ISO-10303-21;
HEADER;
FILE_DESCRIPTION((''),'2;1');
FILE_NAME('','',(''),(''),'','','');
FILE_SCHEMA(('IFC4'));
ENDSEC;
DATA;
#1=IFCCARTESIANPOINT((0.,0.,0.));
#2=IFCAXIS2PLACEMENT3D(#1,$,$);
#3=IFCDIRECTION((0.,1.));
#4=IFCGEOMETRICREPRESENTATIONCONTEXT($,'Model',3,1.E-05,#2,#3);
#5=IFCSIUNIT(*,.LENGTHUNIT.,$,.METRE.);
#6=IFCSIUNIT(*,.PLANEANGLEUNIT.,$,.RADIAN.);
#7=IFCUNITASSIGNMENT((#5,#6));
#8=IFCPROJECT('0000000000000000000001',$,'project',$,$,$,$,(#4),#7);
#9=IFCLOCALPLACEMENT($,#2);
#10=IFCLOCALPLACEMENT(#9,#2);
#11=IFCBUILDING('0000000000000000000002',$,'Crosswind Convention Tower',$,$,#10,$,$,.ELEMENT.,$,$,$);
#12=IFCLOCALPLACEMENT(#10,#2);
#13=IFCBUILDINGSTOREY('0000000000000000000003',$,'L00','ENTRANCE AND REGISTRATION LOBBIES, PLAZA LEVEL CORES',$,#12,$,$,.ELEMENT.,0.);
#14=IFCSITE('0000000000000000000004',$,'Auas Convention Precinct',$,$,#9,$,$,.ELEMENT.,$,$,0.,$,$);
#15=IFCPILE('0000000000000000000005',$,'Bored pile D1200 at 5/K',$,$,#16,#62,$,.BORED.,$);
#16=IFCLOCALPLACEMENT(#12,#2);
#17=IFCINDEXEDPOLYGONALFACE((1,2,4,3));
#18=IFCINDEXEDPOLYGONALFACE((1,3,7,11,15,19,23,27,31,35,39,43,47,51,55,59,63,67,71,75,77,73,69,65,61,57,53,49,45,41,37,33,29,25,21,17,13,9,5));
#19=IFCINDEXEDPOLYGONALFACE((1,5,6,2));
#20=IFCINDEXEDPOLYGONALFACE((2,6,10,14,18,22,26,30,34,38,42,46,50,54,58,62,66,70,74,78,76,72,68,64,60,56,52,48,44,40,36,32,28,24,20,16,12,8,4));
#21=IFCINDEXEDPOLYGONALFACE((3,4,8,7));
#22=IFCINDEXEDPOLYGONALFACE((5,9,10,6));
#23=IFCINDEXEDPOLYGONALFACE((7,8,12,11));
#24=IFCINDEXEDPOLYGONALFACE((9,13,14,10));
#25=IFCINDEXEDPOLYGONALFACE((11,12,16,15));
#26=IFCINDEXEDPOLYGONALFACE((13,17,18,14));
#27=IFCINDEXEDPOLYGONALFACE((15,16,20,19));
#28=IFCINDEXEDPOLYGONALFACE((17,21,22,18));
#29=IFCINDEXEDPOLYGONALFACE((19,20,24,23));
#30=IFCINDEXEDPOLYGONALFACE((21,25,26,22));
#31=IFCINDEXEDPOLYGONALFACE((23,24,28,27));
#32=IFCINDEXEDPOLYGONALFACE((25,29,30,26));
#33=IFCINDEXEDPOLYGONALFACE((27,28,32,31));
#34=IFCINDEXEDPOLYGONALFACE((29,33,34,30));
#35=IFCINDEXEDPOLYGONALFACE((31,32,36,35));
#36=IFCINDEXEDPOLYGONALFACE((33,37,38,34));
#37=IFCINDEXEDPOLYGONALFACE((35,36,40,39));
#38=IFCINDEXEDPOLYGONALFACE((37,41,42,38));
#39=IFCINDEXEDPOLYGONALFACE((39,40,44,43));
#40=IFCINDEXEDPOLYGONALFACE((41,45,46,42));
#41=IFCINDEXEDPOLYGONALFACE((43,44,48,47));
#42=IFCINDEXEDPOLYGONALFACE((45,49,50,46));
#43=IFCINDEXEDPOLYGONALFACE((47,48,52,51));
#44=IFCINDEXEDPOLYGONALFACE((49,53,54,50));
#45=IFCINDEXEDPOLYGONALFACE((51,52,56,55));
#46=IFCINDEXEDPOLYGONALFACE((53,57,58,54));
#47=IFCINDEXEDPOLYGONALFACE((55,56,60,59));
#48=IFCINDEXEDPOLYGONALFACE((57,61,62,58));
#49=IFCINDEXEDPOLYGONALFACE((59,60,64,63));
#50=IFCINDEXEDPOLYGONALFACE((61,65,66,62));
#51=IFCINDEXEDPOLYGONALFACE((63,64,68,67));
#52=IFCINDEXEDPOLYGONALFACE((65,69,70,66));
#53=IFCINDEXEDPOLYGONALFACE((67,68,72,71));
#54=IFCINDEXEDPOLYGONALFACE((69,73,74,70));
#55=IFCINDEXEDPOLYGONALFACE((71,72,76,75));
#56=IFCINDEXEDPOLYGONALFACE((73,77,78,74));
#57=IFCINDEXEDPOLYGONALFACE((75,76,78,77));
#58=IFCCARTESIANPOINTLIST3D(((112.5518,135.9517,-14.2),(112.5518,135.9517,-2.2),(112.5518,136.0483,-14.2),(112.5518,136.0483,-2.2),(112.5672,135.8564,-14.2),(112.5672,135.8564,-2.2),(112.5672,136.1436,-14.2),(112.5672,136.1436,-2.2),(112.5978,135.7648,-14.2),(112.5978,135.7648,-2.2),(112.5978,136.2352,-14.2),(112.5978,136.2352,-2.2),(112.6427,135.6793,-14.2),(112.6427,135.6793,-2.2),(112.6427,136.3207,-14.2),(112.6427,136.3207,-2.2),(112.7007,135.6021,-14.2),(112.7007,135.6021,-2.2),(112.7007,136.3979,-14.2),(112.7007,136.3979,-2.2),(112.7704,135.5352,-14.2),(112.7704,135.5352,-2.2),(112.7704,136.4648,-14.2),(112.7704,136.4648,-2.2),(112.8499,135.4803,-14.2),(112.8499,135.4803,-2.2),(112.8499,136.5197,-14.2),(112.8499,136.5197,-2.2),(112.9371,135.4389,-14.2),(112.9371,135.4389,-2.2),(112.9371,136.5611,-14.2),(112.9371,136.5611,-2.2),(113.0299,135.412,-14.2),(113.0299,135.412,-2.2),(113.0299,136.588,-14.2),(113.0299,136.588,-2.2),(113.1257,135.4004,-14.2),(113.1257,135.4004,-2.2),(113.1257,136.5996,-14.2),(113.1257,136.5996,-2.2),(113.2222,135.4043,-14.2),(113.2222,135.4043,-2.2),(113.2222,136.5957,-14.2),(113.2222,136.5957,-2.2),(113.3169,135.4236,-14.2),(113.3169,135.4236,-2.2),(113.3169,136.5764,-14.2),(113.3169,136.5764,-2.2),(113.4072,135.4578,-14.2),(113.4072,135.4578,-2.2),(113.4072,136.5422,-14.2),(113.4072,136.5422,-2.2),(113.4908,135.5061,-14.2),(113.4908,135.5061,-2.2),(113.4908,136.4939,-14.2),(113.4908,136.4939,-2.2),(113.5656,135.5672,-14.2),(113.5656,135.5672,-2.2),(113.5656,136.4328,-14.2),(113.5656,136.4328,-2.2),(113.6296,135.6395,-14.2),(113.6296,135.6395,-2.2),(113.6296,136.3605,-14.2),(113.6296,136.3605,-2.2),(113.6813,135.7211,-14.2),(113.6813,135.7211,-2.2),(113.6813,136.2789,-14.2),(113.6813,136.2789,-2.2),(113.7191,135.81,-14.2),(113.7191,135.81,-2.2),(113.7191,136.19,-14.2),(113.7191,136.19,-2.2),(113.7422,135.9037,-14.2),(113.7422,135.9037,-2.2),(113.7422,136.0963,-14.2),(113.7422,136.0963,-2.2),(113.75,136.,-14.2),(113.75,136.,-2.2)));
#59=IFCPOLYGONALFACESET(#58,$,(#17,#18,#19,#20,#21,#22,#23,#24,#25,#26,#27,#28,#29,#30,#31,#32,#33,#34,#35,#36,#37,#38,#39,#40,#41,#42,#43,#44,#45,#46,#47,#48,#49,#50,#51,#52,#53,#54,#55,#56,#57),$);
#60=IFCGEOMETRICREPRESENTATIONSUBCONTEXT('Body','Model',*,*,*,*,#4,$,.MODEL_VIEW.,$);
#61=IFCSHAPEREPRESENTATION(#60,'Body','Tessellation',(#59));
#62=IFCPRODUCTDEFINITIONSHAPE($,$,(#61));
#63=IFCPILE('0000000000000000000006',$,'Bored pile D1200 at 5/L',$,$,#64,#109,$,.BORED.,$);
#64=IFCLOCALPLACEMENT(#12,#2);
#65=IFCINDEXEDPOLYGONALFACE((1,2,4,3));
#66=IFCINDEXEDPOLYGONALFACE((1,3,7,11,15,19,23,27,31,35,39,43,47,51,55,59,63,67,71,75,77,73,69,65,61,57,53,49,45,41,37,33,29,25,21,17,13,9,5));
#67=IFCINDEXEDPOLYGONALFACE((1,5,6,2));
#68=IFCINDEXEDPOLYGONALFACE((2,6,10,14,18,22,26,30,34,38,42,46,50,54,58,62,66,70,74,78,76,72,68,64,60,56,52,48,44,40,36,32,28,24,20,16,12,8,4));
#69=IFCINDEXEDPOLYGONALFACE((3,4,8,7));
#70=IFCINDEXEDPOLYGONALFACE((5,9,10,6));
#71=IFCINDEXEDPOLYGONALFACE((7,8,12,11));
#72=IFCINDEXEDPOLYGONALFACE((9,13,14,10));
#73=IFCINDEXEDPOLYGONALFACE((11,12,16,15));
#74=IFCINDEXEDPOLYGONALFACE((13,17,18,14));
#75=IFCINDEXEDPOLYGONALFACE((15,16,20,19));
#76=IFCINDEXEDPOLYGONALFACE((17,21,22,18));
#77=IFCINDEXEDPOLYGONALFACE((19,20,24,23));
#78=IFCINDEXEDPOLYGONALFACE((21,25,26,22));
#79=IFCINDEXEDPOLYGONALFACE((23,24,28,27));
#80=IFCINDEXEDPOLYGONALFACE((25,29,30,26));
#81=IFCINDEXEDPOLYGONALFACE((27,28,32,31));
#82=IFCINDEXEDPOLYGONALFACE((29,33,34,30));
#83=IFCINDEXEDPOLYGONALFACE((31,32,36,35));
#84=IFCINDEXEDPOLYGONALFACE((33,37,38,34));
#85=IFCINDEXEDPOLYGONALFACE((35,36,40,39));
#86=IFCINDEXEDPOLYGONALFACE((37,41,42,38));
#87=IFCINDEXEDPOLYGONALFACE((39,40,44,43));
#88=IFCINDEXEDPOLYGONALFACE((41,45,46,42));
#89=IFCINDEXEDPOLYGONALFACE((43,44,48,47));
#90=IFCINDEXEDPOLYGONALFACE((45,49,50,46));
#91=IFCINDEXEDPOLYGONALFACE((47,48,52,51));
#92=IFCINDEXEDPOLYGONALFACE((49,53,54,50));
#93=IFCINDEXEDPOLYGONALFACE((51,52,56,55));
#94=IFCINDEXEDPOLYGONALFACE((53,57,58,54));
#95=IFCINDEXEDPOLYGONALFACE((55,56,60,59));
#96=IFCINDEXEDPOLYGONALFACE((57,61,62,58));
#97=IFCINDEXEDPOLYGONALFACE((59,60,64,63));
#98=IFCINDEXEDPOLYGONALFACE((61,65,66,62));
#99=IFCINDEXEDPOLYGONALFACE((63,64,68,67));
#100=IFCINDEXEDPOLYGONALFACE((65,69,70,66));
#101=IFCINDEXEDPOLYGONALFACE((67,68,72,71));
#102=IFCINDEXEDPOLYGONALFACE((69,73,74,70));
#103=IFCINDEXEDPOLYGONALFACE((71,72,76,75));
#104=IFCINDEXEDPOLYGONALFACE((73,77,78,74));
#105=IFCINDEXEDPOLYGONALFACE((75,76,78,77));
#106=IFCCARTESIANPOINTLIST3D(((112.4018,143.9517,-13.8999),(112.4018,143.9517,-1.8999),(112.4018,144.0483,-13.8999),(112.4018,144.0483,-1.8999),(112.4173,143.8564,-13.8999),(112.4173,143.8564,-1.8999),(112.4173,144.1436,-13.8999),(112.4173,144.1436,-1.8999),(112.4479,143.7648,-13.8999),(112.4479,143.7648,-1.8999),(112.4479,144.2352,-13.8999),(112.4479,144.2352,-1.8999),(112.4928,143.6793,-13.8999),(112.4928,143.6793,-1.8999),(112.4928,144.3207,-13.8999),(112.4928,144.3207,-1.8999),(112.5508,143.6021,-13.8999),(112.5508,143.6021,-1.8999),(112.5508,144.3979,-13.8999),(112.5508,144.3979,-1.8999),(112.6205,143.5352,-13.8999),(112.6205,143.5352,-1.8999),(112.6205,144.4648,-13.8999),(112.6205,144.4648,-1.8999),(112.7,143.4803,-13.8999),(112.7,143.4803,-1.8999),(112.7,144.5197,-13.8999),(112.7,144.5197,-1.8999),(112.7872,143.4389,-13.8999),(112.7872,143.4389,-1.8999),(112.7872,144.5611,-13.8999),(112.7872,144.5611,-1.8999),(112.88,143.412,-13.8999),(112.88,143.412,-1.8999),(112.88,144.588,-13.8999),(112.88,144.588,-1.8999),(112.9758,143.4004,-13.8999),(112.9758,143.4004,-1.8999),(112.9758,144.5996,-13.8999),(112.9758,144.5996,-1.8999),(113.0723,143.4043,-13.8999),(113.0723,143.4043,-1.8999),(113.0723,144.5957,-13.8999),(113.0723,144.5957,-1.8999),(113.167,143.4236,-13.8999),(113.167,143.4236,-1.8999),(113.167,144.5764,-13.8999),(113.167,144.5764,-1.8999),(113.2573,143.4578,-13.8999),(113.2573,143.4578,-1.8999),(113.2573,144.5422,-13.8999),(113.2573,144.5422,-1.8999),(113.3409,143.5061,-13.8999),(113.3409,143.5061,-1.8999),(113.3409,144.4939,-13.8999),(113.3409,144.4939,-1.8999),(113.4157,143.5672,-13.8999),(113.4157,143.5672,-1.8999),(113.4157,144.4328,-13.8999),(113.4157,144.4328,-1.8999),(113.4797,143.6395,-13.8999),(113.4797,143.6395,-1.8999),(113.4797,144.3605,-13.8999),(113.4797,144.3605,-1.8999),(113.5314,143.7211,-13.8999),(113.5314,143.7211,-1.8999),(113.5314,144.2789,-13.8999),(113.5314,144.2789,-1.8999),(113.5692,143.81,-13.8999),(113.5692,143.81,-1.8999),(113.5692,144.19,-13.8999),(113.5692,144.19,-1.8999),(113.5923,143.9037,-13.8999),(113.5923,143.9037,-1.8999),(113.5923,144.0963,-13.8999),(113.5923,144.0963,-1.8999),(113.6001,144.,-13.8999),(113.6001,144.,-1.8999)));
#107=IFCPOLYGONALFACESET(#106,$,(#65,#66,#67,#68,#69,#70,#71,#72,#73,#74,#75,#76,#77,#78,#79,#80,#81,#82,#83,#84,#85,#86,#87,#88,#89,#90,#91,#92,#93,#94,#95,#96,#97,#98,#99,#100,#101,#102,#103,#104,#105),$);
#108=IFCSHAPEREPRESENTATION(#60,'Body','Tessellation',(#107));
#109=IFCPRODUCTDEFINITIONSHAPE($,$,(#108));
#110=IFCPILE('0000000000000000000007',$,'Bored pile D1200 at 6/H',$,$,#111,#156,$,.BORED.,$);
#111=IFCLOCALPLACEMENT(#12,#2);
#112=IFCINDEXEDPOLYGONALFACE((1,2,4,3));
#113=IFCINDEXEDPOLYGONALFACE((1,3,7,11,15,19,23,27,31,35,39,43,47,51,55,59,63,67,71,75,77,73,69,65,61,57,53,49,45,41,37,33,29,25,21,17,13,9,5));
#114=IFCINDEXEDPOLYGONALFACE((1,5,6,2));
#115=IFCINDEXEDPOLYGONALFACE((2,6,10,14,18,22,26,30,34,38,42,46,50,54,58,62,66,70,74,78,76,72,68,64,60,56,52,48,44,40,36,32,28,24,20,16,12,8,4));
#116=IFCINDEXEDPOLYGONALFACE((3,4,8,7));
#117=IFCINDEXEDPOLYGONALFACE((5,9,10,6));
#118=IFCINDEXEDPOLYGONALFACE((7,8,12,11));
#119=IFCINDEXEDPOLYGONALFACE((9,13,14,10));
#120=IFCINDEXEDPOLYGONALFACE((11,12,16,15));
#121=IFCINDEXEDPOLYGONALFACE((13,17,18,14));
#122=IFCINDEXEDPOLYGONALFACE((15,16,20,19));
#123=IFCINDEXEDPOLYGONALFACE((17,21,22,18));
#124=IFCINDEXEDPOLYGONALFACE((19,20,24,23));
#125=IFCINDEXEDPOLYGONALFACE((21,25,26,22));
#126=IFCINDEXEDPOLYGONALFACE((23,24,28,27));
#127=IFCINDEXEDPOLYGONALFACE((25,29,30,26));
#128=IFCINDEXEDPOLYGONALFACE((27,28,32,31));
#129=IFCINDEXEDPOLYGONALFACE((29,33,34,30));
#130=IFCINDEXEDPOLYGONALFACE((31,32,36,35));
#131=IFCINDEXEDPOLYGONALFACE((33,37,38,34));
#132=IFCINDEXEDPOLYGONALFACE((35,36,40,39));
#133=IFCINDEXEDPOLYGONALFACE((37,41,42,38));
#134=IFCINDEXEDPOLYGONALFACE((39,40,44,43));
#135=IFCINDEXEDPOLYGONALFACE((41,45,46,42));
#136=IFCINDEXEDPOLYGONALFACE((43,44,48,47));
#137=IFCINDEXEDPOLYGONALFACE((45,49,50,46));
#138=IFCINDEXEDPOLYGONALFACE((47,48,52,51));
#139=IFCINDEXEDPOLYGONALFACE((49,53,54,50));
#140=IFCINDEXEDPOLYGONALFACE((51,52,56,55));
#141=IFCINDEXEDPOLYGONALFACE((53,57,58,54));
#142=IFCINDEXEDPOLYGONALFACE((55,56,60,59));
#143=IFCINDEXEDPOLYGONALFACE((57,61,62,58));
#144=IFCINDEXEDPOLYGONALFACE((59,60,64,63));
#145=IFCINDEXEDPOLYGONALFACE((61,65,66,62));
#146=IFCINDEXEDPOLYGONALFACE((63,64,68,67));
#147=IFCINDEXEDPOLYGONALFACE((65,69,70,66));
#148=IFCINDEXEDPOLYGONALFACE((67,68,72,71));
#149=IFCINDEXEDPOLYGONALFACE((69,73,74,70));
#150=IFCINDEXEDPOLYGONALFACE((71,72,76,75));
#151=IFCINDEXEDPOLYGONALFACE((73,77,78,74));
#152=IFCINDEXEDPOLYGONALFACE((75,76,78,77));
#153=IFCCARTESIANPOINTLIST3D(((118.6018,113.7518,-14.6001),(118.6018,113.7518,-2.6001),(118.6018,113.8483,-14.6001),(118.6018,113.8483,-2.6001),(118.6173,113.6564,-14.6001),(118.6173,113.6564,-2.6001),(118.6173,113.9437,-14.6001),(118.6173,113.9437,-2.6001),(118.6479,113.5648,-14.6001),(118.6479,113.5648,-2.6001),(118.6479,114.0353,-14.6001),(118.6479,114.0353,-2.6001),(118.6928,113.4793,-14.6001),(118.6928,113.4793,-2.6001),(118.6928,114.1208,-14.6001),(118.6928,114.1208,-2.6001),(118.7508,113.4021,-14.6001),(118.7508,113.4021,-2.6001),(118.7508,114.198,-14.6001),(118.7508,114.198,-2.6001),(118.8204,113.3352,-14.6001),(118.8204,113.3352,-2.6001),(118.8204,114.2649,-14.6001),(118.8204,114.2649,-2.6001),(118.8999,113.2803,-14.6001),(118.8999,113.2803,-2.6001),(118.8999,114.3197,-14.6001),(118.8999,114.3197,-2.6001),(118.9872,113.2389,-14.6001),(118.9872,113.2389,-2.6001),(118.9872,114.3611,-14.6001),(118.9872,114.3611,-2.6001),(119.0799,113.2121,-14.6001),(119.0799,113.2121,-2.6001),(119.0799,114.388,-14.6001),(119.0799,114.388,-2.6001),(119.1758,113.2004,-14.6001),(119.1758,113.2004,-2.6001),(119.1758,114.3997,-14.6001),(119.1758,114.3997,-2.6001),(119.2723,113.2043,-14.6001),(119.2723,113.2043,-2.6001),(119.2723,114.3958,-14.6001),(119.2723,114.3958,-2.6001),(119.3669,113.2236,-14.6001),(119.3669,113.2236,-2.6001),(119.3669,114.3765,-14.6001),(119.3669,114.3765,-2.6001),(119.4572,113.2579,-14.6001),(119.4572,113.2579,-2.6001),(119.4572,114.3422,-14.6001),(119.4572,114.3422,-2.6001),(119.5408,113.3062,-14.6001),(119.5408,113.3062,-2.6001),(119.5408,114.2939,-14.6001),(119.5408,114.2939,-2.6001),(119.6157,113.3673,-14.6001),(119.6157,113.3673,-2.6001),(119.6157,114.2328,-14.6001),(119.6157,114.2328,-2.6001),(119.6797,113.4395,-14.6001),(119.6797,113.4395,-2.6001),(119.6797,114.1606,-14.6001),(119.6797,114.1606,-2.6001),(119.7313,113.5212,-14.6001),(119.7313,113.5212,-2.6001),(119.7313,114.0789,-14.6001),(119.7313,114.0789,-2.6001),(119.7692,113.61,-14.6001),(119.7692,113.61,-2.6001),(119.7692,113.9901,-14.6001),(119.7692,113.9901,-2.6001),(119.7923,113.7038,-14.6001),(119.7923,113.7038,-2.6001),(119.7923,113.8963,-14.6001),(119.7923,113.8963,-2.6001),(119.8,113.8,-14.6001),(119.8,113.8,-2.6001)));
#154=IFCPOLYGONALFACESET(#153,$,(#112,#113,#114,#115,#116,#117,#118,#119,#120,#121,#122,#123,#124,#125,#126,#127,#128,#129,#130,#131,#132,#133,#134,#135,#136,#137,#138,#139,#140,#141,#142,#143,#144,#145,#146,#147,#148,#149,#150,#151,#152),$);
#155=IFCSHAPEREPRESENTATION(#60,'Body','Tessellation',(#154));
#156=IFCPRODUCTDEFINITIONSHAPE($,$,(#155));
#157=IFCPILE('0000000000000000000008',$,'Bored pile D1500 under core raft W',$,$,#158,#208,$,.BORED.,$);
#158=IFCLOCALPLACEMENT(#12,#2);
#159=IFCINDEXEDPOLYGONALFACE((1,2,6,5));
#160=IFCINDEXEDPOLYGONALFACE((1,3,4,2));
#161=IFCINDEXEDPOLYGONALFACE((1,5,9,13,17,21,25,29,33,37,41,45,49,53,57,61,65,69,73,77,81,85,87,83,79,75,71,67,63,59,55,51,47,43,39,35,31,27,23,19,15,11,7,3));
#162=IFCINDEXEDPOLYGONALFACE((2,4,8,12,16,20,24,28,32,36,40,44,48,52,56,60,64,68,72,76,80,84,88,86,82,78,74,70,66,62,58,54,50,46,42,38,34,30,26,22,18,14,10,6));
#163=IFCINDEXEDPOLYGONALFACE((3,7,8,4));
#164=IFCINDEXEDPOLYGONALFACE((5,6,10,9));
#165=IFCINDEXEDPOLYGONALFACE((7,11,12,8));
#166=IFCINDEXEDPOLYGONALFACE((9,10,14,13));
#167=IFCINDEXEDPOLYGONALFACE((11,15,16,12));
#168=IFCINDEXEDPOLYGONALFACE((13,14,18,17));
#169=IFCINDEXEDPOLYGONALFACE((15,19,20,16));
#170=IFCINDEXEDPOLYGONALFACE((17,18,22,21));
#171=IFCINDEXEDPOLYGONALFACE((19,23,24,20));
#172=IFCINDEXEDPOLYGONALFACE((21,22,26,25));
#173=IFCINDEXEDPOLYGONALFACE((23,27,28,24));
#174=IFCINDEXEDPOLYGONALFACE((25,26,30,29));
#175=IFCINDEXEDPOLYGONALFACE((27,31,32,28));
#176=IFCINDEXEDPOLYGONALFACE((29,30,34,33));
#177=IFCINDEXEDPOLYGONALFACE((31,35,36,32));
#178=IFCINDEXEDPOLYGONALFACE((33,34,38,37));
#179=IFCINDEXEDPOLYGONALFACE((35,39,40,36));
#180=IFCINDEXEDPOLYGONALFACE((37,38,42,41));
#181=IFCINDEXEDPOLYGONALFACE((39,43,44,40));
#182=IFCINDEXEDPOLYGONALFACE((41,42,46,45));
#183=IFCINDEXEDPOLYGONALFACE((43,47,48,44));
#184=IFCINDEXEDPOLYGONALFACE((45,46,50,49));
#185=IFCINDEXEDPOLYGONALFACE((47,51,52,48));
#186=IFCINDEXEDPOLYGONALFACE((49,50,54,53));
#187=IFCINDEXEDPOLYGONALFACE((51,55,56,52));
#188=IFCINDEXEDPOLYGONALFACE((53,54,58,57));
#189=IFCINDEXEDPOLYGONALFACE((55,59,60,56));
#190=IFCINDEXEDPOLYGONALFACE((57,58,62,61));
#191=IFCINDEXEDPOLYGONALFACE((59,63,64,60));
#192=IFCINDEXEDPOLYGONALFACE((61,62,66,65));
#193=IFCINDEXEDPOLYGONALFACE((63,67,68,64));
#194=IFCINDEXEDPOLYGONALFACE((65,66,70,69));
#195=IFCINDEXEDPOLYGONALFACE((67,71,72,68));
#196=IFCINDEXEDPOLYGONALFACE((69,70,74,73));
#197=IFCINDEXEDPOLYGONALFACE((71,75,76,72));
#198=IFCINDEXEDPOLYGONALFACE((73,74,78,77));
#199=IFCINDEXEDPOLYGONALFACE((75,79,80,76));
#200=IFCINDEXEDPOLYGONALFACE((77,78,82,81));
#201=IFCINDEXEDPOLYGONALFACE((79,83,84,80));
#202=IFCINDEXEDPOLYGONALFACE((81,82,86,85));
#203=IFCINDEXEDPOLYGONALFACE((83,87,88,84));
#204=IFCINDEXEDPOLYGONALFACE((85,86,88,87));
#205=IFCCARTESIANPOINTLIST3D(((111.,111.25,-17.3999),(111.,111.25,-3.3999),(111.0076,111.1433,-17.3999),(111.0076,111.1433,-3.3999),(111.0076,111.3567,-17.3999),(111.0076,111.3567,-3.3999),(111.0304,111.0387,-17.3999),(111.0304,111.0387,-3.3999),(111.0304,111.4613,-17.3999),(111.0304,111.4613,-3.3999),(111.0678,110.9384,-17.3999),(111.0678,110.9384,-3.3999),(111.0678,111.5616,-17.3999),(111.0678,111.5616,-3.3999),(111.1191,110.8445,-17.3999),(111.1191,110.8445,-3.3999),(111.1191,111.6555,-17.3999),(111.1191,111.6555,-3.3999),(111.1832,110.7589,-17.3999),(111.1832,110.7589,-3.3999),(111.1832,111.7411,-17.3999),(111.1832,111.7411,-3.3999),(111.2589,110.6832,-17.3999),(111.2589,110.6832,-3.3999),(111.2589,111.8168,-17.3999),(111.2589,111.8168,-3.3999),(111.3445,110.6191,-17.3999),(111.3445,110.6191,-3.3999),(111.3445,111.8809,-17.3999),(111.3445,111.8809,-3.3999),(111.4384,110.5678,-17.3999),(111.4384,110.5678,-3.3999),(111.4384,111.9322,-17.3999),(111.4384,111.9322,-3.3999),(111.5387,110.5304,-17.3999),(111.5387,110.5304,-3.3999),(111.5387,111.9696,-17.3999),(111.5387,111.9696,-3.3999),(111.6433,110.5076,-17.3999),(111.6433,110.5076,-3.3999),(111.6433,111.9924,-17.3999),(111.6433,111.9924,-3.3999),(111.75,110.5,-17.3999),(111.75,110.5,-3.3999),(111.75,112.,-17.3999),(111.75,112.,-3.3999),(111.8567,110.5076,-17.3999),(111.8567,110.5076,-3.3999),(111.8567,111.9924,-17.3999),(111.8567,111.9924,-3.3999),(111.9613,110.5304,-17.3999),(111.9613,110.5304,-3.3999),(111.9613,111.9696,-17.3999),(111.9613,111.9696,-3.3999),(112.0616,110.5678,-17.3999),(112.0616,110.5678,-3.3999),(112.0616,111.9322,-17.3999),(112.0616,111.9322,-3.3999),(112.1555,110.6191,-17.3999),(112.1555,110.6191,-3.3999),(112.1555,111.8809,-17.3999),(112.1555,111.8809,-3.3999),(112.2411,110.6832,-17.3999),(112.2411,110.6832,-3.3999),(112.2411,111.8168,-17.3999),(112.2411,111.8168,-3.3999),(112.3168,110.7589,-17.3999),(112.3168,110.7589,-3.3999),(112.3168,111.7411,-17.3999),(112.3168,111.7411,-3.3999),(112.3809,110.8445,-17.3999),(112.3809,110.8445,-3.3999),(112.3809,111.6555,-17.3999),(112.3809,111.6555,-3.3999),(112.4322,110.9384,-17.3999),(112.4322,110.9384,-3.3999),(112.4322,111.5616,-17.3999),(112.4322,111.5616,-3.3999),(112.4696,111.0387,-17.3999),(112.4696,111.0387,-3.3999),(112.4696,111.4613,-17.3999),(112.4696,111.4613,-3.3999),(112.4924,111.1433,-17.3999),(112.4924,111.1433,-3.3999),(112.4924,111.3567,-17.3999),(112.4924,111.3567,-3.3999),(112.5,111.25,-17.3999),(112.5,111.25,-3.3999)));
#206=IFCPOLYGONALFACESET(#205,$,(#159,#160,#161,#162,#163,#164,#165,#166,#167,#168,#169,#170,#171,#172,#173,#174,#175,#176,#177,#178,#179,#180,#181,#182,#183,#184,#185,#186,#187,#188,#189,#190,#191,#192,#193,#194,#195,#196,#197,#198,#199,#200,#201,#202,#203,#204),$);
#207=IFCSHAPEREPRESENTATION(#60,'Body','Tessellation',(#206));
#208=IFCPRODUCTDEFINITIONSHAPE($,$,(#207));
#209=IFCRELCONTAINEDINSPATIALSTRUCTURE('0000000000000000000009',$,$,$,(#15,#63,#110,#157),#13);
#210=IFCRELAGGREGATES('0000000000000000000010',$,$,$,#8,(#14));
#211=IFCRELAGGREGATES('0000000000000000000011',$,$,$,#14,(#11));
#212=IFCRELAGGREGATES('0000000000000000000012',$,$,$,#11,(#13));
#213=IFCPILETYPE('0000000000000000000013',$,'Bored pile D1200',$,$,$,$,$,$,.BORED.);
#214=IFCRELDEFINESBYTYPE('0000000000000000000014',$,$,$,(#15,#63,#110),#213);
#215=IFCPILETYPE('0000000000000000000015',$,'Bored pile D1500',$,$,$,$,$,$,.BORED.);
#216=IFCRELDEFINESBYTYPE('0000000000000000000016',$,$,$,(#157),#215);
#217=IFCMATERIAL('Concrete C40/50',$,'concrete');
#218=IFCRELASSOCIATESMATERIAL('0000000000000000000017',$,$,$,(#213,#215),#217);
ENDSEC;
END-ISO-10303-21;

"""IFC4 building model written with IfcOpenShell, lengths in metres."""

from ifc_helpers import new_model, si_unit, direction, frame, origin, origin_2d, place, context, subcontext, project, spatial, circle, extrude, material, material_profile, profile_set, type_object, element, save


model = new_model("IFC4")

# Units and contexts
model_context = context("Model", 3, precision=1e-05, world=origin(), true_north=direction((0.0, 1.0)))
body_context = subcontext(model_context, "Body", "Model", "MODEL_VIEW")
ifc_project = project(units=[si_unit("LENGTHUNIT", "METRE"), si_unit("PLANEANGLEUNIT", "RADIAN")], contexts=[model_context])

# Site, building, storey
site_placement = place(None, origin())
site = spatial("IfcSite", under=ifc_project, at=site_placement, Name="Auas Convention Precinct", CompositionType="ELEMENT", RefElevation=0.0)
building_placement = place(site_placement, origin())
building = spatial("IfcBuilding", under=site, at=building_placement, Name="Crosswind Convention Tower", CompositionType="ELEMENT")
storey_placement = place(building_placement, origin())
storey = spatial("IfcBuildingStorey", under=building, at=storey_placement, Name="L00", Description="ENTRANCE AND REGISTRATION LOBBIES, PLAZA LEVEL CORES", CompositionType="ELEMENT", Elevation=0.0)

# Piles
ifc_material_1 = material(Name="Concrete C40/50", Category="concrete")
ifc_material_profile_1 = material_profile(ifc_material_1, circle(Radius=0.6001, at=origin_2d()), Name="Bored pile D1200")
ifc_profile_set_1 = profile_set([ifc_material_profile_1], Name="Concrete C40/50")
pile_type_1 = type_object("IfcPileType", Name="Bored pile D1200", PredefinedType="BORED", material=ifc_profile_set_1)
for number, where, z_axis, x_axis, name in (
    (1, (113.1499, 136.0, -2.2), (0.0, 0.0, -1.0), (1.0, 0.0, 0.0), "Bored pile D1200 at 5/K"),
    (2, (113.0, 144.0, -1.8999), (0.0, 0.0, -1.0), (1.0, 0.0, 0.0), "Bored pile D1200 at 5/L"),
    (3, (119.2, 113.8, -2.6001), (0.0, 0.0, -1.0), (1.0, 0.0, 0.0), "Bored pile D1200 at 6/H"),
):
    element("IfcPile", number, at=place(storey_placement, frame(where, z_axis=z_axis, x_axis=x_axis)), inside=storey, type_object=pile_type_1, Name=name, PredefinedType="BORED", context=body_context, shape_type="SweptSolid", body=[
        extrude(circle(Radius=0.6001, at=origin_2d()), origin(), (0.0, 0.0, 1.0), 12.0),
    ])
ifc_material_profile_2 = material_profile(ifc_material_1, circle(Radius=0.75, at=origin_2d()), Name="Bored pile D1500")
ifc_profile_set_2 = profile_set([ifc_material_profile_2], Name="Concrete C40/50")
pile_type_2 = type_object("IfcPileType", Name="Bored pile D1500", PredefinedType="BORED", material=ifc_profile_set_2)
pile_placement = place(storey_placement, frame((111.75, 111.25, -3.3999), z_axis=(0.0, 0.0, -1.0), x_axis=(1.0, 0.0, 0.0)))
element("IfcPile", 4, at=pile_placement, inside=storey, type_object=pile_type_2, Name="Bored pile D1500 under core raft W", PredefinedType="BORED", context=body_context, shape_type="SweptSolid", body=[
    extrude(circle(Radius=0.75, at=origin_2d()), origin(), (0.0, 0.0, 1.0), 14.0),
])

save(model, "model.ifc")
